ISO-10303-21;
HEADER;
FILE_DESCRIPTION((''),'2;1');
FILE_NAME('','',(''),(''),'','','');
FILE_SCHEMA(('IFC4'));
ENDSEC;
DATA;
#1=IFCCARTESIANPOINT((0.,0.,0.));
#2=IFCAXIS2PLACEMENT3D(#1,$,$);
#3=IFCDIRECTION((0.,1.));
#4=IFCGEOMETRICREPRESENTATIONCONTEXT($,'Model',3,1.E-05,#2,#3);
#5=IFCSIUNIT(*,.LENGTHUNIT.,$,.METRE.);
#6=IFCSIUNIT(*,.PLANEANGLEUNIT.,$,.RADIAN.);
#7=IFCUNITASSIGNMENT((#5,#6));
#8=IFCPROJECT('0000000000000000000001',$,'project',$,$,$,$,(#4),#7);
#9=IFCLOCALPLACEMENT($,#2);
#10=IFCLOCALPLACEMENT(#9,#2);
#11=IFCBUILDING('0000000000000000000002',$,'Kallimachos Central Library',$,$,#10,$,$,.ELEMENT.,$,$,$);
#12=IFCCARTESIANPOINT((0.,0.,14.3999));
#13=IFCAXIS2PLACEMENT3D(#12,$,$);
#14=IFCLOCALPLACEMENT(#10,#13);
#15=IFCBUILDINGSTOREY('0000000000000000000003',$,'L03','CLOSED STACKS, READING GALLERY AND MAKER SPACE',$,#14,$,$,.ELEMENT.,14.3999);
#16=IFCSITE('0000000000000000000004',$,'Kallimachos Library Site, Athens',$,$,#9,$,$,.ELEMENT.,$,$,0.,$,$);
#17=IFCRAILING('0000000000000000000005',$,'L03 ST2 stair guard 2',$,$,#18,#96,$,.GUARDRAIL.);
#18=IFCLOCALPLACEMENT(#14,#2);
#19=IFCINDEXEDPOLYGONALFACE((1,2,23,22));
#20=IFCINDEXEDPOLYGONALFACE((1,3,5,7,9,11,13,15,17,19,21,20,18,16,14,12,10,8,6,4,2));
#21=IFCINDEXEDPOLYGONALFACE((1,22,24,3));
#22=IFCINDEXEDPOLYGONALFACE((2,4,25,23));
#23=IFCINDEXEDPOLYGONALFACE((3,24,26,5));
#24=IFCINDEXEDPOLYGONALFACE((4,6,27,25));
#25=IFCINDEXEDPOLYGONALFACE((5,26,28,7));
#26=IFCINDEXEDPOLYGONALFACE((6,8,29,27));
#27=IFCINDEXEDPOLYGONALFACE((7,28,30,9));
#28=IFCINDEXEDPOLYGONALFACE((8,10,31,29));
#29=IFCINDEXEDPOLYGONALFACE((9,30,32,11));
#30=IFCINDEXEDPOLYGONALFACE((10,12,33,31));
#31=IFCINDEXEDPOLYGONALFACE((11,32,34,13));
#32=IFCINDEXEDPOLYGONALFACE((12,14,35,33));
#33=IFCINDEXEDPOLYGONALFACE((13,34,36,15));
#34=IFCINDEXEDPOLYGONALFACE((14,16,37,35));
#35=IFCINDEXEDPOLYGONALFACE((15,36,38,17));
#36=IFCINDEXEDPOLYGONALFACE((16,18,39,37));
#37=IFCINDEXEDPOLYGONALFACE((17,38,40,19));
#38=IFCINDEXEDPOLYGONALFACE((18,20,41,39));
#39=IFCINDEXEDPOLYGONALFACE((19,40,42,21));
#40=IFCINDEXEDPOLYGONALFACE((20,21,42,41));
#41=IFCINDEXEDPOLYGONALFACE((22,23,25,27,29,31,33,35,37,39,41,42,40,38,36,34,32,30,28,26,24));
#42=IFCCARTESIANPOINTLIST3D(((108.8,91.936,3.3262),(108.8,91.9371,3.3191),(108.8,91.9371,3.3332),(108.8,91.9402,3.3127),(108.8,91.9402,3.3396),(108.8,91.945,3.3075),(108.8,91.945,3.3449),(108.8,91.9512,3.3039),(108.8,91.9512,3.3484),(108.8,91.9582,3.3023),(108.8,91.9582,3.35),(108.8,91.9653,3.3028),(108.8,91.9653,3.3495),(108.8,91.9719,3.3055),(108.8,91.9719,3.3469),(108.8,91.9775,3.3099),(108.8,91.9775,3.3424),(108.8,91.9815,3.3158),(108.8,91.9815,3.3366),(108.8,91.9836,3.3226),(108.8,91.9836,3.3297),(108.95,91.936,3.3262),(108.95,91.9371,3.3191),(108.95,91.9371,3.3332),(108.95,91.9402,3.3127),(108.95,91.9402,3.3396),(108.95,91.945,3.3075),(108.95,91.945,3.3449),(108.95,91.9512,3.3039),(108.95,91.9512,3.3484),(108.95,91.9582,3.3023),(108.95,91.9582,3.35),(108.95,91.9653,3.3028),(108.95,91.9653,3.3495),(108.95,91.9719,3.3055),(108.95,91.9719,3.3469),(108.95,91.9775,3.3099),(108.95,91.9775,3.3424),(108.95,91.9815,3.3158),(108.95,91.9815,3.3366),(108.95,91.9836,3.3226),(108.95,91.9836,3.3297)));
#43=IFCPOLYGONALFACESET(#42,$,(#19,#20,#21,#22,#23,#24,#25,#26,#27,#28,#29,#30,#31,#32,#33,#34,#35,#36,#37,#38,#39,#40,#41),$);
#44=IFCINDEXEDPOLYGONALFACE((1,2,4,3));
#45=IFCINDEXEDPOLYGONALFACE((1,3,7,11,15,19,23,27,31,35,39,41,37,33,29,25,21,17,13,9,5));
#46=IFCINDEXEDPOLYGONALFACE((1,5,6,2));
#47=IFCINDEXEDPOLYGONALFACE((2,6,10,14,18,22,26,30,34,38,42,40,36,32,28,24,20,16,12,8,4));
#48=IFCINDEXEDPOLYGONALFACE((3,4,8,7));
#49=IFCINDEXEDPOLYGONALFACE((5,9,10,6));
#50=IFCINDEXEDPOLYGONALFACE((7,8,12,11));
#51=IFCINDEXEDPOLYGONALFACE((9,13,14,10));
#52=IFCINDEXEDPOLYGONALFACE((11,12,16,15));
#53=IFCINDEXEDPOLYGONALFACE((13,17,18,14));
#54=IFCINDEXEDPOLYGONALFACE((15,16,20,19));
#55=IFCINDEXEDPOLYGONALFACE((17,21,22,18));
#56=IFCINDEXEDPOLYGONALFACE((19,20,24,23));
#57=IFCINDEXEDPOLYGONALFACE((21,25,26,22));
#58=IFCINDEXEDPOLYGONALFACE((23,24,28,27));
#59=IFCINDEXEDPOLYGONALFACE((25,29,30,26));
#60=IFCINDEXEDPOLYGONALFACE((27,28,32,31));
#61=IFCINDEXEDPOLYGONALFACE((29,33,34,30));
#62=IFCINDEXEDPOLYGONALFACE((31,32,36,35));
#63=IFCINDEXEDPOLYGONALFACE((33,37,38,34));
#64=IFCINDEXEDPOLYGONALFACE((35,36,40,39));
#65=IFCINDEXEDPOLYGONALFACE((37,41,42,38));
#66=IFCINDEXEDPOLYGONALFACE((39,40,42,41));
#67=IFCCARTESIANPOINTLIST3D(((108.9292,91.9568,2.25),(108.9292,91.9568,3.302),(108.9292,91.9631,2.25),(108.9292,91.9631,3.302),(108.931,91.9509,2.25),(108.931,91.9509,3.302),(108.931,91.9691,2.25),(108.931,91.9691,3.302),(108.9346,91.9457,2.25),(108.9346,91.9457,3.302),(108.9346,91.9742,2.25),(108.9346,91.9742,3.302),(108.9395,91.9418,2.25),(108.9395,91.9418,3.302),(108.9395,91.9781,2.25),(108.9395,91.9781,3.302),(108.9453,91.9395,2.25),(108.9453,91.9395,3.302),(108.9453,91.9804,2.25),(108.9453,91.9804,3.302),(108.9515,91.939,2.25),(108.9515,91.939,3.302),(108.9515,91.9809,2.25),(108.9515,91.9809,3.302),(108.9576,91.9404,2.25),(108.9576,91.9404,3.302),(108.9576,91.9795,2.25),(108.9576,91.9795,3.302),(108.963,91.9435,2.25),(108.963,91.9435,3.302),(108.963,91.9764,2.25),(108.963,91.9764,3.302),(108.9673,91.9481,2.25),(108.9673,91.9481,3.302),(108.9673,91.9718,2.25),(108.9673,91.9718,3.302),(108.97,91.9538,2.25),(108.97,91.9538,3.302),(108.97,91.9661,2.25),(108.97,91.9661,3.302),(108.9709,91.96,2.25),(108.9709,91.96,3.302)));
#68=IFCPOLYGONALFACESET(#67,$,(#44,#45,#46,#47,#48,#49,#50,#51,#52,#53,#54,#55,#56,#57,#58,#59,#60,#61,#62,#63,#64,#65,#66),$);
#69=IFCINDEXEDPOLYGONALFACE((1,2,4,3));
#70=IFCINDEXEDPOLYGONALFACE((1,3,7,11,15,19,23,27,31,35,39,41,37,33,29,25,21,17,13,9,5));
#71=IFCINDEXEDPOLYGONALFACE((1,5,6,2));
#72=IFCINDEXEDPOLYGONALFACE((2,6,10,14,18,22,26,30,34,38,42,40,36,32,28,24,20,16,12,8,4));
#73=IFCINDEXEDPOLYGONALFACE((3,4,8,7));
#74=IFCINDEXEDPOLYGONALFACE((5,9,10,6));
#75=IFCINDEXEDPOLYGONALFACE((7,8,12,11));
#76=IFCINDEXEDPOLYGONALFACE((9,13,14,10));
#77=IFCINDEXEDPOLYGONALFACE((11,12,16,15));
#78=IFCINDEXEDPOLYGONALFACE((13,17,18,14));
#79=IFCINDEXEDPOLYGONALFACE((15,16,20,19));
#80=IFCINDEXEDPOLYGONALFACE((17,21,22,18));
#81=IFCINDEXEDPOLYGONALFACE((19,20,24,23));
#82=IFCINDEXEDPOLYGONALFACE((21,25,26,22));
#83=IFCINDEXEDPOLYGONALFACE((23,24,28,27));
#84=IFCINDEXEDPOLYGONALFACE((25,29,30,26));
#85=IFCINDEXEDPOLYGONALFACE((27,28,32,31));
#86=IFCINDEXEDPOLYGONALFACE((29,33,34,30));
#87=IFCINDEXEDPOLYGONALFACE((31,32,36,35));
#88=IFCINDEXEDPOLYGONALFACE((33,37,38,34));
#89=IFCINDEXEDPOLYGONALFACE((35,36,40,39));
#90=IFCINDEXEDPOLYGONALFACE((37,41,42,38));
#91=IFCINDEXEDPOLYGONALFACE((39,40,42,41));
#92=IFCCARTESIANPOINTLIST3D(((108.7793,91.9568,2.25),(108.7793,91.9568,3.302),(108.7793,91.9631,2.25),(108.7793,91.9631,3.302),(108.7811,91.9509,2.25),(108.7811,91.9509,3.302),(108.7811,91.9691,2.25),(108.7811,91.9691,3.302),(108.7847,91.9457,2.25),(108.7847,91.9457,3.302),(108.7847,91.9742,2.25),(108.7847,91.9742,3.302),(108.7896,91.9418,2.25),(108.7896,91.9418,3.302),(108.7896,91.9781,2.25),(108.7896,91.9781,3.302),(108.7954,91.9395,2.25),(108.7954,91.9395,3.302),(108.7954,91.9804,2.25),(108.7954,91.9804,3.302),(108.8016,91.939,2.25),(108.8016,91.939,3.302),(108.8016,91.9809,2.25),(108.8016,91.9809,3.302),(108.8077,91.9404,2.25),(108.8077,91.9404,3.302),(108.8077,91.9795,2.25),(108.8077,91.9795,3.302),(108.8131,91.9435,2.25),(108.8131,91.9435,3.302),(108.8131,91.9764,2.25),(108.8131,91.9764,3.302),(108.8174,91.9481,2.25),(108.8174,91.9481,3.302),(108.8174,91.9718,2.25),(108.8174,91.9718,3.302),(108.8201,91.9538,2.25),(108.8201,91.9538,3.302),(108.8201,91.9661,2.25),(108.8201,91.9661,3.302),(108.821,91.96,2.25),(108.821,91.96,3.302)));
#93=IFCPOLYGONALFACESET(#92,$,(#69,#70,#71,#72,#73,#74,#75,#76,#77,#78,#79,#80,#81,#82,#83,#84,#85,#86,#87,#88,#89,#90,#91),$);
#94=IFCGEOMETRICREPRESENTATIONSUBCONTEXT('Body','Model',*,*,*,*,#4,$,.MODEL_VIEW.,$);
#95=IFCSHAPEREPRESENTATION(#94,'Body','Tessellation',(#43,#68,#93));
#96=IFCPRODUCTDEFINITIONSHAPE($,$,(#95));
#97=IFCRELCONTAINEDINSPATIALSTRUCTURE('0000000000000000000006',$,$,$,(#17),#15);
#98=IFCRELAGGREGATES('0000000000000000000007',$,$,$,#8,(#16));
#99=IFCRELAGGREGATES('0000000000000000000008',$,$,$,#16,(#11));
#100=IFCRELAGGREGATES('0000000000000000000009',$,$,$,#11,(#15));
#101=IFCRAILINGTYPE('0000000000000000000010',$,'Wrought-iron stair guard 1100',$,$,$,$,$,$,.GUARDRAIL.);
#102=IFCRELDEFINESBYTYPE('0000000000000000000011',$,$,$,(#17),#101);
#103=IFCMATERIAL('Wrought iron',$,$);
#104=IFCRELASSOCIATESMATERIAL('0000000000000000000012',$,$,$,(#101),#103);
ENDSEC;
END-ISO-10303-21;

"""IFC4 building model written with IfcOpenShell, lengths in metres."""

from ifc_helpers import new_model, si_unit, direction, frame, origin, origin_2d, place, context, subcontext, project, spatial, circle, extrude, material, type_object, element, save


model = new_model("IFC4")

# Units and contexts
model_context = context("Model", 3, precision=1e-05, world=origin(), true_north=direction((0.0, 1.0)))
body_context = subcontext(model_context, "Body", "Model", "MODEL_VIEW")
ifc_project = project(units=[si_unit("LENGTHUNIT", "METRE"), si_unit("PLANEANGLEUNIT", "RADIAN")], contexts=[model_context])

# Site, building, storey
site_placement = place(None, origin())
site = spatial("IfcSite", under=ifc_project, at=site_placement, Name="Kallimachos Library Site, Athens", CompositionType="ELEMENT", RefElevation=0.0)
building_placement = place(site_placement, origin())
building = spatial("IfcBuilding", under=site, at=building_placement, Name="Kallimachos Central Library", CompositionType="ELEMENT")
storey_placement = place(building_placement, frame((0.0, 0.0, 14.3999)))
storey = spatial("IfcBuildingStorey", under=building, at=storey_placement, Name="L03", Description="CLOSED STACKS, READING GALLERY AND MAKER SPACE", CompositionType="ELEMENT", Elevation=14.3999)

# Railing
ifc_material_1 = material(Name="Wrought iron")
railing_type_1 = type_object("IfcRailingType", Name="Wrought-iron stair guard 1100", PredefinedType="GUARDRAIL", material=ifc_material_1)
railing_1_placement = place(storey_placement, frame((108.95, 91.96, 2.25)))
element("IfcRailing", 1, at=railing_1_placement, inside=storey, type_object=railing_type_1, Name="L03 ST2 stair guard 2", PredefinedType="GUARDRAIL", context=body_context, shape_type="SweptSolid", body=[
    extrude(circle(Radius=0.0239, at=origin_2d()), frame((0.0, 0.0, 1.0762), z_axis=(-1.0, 0.0, 0.0), x_axis=(0.0, -1.0, 0.0)), (0.0, 0.0, 1.0), 0.1499),
    extrude(circle(Radius=0.021, at=origin_2d()), origin(), (0.0, 0.0, 1.0), 1.052),
    extrude(circle(Radius=0.021, at=origin_2d()), frame((-0.1499, 0.0, 0.0)), (0.0, 0.0, 1.0), 1.052),
])

save(model, "model.ifc")
